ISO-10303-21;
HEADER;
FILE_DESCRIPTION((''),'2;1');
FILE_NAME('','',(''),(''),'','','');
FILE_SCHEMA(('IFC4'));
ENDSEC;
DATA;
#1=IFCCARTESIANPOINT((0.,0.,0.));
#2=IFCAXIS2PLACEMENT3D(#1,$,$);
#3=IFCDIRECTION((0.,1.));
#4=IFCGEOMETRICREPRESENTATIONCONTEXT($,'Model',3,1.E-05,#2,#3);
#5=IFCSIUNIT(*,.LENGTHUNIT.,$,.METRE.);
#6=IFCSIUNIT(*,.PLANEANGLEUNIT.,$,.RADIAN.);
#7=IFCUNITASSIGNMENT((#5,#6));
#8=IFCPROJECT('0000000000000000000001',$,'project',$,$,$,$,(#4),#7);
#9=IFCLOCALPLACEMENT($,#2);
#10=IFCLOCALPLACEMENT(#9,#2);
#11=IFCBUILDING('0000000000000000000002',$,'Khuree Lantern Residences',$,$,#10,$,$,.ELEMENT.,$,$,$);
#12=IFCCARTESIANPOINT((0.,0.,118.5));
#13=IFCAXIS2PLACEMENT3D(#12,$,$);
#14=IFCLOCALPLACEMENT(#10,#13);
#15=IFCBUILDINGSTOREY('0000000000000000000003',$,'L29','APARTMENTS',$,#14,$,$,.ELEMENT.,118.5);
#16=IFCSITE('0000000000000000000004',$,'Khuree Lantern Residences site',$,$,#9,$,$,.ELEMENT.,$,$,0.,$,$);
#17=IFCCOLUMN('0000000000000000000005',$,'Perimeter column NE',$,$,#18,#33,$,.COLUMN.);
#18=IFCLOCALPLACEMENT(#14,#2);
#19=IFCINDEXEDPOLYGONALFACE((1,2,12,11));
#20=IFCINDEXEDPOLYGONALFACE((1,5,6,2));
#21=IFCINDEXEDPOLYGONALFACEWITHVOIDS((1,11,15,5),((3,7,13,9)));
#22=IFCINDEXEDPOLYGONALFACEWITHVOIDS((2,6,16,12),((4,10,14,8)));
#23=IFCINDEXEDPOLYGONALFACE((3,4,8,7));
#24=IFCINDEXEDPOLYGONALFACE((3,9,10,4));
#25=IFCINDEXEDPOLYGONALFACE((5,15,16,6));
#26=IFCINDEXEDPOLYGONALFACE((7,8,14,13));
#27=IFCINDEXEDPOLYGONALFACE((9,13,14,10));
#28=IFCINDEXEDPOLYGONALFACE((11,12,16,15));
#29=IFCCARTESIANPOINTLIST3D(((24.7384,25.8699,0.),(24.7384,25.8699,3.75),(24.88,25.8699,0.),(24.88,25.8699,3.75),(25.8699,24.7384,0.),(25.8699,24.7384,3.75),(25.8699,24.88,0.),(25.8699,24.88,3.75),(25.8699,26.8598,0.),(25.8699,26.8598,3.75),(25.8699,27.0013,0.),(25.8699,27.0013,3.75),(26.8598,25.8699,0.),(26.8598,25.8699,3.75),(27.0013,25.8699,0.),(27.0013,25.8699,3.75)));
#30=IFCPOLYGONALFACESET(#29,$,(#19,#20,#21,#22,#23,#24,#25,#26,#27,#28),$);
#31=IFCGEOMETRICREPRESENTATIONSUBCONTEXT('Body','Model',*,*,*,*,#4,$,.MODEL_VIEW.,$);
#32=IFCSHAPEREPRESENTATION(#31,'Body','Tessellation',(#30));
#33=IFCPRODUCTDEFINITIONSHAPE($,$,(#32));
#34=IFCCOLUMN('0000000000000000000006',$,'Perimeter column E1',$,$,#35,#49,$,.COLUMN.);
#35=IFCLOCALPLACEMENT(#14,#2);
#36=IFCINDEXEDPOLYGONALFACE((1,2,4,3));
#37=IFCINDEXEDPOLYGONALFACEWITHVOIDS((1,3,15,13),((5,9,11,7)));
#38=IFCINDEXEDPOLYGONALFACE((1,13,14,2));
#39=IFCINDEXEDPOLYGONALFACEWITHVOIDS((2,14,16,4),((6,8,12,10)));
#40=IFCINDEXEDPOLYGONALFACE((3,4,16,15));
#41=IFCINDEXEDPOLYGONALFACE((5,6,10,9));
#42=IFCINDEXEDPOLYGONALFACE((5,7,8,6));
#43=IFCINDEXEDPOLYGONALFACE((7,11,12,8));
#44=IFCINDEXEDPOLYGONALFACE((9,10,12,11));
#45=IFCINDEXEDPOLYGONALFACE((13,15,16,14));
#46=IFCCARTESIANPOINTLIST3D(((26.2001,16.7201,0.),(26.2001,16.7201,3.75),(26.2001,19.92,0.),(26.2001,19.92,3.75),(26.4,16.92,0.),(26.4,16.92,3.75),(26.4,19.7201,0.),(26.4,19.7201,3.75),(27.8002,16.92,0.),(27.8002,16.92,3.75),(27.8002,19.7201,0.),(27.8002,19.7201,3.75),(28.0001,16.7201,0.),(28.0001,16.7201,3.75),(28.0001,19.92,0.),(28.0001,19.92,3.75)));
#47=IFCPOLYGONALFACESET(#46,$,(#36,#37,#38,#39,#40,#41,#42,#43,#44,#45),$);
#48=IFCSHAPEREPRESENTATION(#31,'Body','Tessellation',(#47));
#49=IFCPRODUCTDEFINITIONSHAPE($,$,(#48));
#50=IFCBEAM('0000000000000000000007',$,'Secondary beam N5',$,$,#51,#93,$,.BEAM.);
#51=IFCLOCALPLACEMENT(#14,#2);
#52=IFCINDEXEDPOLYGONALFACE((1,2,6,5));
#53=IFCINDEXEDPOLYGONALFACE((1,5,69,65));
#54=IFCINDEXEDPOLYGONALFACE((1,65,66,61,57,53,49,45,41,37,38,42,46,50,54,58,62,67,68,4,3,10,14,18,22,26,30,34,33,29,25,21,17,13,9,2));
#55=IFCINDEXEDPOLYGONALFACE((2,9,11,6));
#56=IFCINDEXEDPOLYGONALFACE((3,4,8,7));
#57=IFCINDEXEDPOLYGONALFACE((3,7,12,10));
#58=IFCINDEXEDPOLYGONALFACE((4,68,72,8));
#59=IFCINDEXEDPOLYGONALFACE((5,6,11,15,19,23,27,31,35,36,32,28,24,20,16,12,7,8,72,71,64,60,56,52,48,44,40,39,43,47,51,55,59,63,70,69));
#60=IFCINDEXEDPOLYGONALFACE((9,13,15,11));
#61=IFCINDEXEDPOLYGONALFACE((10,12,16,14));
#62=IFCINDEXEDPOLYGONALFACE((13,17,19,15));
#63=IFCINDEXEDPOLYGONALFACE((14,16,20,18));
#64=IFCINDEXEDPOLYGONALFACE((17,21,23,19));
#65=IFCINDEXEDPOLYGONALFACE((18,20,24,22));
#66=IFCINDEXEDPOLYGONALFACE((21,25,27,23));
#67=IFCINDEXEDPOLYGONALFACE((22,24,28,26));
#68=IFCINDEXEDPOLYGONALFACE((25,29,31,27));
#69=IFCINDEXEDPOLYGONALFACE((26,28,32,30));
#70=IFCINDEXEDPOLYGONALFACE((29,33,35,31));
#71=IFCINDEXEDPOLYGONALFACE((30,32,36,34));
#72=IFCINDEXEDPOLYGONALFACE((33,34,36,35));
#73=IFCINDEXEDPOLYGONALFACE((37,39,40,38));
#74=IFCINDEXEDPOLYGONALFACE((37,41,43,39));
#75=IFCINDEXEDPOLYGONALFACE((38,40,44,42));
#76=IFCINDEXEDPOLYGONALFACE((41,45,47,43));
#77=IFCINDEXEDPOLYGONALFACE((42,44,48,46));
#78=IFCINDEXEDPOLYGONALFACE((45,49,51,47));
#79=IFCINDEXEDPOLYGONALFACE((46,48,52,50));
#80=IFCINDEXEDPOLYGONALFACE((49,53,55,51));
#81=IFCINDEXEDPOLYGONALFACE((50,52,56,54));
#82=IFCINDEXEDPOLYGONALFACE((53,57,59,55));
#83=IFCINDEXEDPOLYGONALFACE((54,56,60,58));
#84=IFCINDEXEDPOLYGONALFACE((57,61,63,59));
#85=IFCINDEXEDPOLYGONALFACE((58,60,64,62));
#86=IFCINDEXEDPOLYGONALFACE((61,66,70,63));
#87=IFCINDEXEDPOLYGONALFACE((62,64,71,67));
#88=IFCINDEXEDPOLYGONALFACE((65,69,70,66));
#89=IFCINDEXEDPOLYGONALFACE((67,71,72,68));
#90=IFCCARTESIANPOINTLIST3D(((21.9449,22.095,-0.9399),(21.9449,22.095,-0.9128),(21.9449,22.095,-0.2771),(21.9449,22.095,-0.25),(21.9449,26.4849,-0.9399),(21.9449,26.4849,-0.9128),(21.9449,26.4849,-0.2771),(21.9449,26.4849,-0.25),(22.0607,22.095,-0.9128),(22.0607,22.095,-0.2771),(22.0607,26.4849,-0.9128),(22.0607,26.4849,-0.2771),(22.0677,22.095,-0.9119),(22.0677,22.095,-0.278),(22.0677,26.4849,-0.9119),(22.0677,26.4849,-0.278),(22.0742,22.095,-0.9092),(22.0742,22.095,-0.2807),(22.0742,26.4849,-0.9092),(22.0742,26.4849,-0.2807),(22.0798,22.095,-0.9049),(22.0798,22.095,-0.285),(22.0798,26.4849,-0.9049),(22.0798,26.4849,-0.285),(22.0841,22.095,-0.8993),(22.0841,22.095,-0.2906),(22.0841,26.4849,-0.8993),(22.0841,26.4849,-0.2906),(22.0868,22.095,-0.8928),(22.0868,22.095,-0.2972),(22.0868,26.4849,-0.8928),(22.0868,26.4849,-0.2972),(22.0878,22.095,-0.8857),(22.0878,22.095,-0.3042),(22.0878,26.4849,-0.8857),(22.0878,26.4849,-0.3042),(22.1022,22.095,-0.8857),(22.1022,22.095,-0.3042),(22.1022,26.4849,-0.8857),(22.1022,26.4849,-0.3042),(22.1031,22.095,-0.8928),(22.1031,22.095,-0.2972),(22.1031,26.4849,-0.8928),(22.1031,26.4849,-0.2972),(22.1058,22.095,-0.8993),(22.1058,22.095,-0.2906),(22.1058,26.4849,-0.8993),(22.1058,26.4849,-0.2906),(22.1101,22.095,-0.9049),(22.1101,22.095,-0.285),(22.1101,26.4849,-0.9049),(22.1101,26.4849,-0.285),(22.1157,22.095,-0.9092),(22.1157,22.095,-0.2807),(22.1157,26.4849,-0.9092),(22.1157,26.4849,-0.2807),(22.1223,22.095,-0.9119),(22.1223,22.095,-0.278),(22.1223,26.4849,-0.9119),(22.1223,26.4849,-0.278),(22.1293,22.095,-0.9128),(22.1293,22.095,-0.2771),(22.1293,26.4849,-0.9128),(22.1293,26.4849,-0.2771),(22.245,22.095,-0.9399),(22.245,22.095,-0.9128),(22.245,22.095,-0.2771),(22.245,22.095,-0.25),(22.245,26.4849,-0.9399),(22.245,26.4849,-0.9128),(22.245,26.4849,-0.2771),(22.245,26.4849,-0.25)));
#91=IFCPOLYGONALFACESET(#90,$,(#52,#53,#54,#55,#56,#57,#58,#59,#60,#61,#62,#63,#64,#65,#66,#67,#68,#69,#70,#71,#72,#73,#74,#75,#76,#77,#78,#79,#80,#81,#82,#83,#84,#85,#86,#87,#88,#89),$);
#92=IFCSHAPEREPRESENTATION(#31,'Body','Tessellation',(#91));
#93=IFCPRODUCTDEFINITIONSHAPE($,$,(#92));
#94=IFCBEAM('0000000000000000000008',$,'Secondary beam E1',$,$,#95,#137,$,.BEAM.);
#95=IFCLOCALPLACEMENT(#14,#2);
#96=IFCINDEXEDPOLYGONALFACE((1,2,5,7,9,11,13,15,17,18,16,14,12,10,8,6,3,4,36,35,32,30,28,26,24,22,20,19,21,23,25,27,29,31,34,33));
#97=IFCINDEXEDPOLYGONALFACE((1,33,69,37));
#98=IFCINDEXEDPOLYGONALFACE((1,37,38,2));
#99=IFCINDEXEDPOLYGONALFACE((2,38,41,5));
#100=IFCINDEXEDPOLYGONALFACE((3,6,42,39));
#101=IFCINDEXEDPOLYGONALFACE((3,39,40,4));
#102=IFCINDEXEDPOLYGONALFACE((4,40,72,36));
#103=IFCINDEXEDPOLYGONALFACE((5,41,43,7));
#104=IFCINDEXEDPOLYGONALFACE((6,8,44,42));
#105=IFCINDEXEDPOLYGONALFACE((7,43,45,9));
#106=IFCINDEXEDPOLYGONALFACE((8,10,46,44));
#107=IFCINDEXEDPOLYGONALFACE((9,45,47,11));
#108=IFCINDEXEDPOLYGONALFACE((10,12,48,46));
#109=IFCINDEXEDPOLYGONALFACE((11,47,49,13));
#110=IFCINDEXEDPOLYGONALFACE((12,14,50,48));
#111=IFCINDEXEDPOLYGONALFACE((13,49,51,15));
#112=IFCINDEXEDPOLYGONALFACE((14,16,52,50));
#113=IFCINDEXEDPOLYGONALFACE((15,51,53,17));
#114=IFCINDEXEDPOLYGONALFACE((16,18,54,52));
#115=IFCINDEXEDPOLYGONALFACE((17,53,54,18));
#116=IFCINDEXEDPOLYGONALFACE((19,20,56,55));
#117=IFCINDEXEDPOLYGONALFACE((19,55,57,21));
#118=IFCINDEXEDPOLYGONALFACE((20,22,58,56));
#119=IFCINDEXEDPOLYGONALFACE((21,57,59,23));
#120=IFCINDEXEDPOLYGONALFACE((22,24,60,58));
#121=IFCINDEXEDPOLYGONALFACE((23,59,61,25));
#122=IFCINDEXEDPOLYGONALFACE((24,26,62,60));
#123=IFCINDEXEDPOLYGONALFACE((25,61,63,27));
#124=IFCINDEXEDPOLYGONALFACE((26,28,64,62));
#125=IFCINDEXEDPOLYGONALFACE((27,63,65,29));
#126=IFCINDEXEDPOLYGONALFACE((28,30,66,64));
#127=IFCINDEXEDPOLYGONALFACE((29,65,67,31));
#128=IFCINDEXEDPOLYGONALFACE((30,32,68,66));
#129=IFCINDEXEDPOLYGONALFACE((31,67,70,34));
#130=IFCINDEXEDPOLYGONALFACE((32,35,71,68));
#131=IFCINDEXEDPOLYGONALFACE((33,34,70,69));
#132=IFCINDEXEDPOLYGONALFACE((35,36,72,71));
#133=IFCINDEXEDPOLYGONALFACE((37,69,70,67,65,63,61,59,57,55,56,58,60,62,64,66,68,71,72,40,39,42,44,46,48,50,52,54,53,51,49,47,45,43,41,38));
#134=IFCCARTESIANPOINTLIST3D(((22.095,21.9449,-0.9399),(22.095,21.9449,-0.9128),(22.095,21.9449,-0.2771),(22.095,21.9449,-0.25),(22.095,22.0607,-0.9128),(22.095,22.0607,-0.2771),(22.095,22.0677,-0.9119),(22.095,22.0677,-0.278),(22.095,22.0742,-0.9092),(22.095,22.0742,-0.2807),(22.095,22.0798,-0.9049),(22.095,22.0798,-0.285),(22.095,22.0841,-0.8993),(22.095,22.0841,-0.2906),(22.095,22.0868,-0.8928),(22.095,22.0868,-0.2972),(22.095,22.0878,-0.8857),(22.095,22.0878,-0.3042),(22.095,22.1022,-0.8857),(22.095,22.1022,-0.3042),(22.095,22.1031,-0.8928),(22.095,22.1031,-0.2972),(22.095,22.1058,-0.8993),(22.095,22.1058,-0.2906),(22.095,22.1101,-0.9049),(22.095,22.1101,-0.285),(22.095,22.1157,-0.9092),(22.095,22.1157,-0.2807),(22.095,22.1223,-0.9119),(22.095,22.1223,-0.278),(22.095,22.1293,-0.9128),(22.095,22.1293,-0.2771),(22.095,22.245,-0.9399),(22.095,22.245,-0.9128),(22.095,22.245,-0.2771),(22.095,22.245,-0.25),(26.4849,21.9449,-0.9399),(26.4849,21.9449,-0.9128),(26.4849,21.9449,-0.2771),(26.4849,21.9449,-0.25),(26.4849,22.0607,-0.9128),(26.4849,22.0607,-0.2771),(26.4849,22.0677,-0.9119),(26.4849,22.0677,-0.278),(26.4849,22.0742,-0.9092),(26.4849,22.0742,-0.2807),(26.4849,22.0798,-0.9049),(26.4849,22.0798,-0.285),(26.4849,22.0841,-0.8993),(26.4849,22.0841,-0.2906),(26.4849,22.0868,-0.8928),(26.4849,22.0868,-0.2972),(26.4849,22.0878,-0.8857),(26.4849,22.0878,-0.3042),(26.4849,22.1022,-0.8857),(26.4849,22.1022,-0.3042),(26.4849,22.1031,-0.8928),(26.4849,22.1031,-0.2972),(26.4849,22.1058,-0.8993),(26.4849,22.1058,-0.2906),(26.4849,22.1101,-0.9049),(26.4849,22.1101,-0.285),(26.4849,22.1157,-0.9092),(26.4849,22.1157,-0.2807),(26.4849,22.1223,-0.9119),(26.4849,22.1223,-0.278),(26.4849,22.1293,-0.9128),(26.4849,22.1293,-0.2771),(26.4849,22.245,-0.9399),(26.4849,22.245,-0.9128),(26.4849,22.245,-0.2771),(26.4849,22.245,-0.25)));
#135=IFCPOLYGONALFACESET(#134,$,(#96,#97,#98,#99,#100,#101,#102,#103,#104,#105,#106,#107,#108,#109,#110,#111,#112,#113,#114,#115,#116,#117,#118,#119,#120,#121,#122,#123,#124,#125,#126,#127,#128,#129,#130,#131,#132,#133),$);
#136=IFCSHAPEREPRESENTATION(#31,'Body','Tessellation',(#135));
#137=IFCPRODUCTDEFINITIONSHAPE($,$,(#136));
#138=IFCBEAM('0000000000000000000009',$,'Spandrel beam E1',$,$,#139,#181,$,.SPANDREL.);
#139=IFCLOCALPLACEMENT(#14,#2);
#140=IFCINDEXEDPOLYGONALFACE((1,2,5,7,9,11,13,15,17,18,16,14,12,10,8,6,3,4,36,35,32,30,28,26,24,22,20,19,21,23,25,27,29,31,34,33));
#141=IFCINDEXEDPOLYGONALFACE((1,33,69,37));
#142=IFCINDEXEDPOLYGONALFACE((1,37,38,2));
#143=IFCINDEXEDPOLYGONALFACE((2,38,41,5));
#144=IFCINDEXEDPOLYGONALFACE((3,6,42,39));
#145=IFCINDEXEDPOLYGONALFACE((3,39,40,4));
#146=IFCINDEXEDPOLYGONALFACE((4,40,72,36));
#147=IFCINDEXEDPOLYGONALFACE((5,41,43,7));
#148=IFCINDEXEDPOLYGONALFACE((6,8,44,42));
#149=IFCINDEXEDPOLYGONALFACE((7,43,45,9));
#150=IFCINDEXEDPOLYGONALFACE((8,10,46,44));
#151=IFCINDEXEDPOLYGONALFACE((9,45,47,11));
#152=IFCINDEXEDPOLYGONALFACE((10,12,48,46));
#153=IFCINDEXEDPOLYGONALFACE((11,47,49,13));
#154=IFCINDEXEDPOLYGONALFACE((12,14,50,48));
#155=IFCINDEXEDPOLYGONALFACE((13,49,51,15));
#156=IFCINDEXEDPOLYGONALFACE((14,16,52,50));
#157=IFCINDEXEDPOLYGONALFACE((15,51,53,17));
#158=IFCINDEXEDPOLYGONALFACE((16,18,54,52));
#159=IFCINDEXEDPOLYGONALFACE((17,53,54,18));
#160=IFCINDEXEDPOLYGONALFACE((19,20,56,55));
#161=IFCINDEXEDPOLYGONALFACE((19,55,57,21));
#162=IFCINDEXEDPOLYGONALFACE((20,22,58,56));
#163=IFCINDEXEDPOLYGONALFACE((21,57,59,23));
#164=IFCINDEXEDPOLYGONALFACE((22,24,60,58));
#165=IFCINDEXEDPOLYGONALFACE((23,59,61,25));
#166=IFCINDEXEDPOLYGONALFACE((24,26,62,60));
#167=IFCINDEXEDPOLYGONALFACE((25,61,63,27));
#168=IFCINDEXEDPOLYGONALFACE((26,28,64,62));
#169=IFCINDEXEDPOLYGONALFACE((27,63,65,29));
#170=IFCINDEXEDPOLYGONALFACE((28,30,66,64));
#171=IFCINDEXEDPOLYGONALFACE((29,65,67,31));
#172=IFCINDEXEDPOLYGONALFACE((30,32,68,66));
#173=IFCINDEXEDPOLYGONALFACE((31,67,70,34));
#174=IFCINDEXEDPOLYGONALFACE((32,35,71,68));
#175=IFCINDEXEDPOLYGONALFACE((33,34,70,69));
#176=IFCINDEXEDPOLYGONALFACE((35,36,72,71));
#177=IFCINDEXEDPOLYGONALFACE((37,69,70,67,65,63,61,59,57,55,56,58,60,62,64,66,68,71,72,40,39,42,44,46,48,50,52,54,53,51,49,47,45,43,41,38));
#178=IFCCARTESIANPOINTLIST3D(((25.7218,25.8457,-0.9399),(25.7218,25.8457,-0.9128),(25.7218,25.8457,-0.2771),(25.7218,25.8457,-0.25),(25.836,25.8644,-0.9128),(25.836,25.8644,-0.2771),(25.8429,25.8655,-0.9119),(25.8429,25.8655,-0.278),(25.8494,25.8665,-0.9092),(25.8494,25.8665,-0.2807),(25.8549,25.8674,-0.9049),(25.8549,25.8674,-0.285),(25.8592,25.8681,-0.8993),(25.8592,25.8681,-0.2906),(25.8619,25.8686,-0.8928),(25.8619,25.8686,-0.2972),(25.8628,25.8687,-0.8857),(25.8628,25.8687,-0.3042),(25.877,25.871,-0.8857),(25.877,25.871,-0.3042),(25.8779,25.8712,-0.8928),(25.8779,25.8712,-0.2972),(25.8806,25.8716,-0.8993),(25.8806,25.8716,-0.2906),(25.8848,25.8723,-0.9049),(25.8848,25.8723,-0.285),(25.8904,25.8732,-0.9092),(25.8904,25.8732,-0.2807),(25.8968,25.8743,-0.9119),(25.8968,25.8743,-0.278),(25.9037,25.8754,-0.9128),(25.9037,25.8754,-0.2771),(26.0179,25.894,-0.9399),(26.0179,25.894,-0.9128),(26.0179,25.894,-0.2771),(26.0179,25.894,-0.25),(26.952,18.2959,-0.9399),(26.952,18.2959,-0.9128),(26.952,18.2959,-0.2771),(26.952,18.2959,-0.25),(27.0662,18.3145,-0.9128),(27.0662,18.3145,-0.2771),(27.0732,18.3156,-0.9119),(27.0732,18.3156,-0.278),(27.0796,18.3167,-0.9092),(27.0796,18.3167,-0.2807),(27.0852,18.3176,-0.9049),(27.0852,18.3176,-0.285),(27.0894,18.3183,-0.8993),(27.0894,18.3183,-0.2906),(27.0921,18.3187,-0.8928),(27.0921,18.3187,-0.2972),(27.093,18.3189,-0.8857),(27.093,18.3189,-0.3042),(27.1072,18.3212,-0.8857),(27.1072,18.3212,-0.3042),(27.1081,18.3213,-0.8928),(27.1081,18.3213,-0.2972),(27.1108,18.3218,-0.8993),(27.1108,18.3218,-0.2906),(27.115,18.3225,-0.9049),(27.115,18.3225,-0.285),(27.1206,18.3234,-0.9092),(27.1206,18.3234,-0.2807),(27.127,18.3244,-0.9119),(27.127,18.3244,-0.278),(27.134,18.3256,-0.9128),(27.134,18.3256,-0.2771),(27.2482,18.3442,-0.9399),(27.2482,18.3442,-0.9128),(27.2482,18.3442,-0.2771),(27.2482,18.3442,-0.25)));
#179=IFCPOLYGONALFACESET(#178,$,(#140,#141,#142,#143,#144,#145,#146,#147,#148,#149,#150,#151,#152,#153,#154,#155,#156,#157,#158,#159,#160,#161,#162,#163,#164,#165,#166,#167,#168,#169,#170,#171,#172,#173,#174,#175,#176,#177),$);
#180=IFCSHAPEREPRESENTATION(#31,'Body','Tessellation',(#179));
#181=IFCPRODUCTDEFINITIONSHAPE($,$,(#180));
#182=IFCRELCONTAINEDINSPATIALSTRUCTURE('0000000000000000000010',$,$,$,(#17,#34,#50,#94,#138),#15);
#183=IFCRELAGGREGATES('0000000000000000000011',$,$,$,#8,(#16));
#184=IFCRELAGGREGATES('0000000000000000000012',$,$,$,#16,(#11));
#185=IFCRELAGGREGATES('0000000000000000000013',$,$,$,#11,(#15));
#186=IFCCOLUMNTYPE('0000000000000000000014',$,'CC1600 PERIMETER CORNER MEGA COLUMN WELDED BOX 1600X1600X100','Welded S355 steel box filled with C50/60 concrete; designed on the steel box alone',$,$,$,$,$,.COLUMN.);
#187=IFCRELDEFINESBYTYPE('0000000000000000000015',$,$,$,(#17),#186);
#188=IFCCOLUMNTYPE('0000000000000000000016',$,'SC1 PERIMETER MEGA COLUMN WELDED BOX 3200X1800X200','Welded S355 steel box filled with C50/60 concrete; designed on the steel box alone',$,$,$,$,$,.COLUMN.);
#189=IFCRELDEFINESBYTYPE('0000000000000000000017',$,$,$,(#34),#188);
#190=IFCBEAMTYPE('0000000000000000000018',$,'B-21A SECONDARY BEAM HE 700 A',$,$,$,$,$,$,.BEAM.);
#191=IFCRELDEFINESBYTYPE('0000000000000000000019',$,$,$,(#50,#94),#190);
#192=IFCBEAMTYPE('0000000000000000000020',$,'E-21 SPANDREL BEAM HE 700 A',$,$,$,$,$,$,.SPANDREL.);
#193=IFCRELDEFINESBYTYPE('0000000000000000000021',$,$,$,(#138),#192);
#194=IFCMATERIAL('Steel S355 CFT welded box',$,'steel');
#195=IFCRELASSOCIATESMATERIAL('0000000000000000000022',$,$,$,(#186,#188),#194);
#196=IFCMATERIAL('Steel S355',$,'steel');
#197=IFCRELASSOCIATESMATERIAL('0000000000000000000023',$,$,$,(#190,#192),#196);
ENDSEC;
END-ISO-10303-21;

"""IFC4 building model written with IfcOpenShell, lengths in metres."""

from ifc_helpers import new_model, si_unit, direction, frame, origin, origin_2d, place, context, subcontext, project, spatial, hollow_rectangle, i_section, extrude, material, material_profile, profile_set, type_object, element, save


model = new_model("IFC4")

# Units and contexts
model_context = context("Model", 3, precision=1e-05, world=origin(), true_north=direction((0.0, 1.0)))
body_context = subcontext(model_context, "Body", "Model", "MODEL_VIEW")
ifc_project = project(units=[si_unit("LENGTHUNIT", "METRE"), si_unit("PLANEANGLEUNIT", "RADIAN")], contexts=[model_context])

# Site, building, storey
site_placement = place(None, origin())
site = spatial("IfcSite", under=ifc_project, at=site_placement, Name="Khuree Lantern Residences site", CompositionType="ELEMENT", RefElevation=0.0)
building_placement = place(site_placement, origin())
building = spatial("IfcBuilding", under=site, at=building_placement, Name="Khuree Lantern Residences", CompositionType="ELEMENT")
storey_placement = place(building_placement, frame((0.0, 0.0, 118.5)))
storey = spatial("IfcBuildingStorey", under=building, at=storey_placement, Name="L29", Description="APARTMENTS", CompositionType="ELEMENT", Elevation=118.5)

# Columns
ifc_material_1 = material(Name="Steel S355 CFT welded box", Category="steel")
ifc_material_profile_1 = material_profile(ifc_material_1, hollow_rectangle(XDim=1.6001, YDim=1.6001, WallThickness=0.1001, at=origin_2d()), Name="WELDED BOX 1600X1600X100")
ifc_profile_set_1 = profile_set([ifc_material_profile_1], Name="Steel S355 CFT welded box")
column_type_1 = type_object("IfcColumnType", Name="CC1600 PERIMETER CORNER MEGA COLUMN WELDED BOX 1600X1600X100", Description="Welded S355 steel box filled with C50/60 concrete; designed on the steel box alone", PredefinedType="COLUMN", material=ifc_profile_set_1)
column_1_placement = place(storey_placement, frame((25.8699, 25.8699, 0.0), z_axis=(0.0, 0.0, 1.0), x_axis=(0.707107, -0.707107, 0.0)))
element("IfcColumn", 1, at=column_1_placement, inside=storey, type_object=column_type_1, Name="Perimeter column NE", PredefinedType="COLUMN", context=body_context, shape_type="SweptSolid", body=[
    extrude(hollow_rectangle(XDim=1.6001, YDim=1.6001, WallThickness=0.1001, at=origin_2d()), origin(), (0.0, 0.0, 1.0), 3.75),
])
ifc_material_profile_2 = material_profile(ifc_material_1, hollow_rectangle(XDim=3.2, YDim=1.8, WallThickness=0.2, at=origin_2d()), Name="WELDED BOX 3200X1800X200")
ifc_profile_set_2 = profile_set([ifc_material_profile_2], Name="Steel S355 CFT welded box")
column_type_2 = type_object("IfcColumnType", Name="SC1 PERIMETER MEGA COLUMN WELDED BOX 3200X1800X200", Description="Welded S355 steel box filled with C50/60 concrete; designed on the steel box alone", PredefinedType="COLUMN", material=ifc_profile_set_2)
column_2_placement = place(storey_placement, frame((27.1001, 18.3201, 0.0), z_axis=(0.0, 0.0, 1.0), x_axis=(0.0, 1.0, 0.0)))
element("IfcColumn", 2, at=column_2_placement, inside=storey, type_object=column_type_2, Name="Perimeter column E1", PredefinedType="COLUMN", context=body_context, shape_type="SweptSolid", body=[
    extrude(hollow_rectangle(XDim=3.2, YDim=1.8, WallThickness=0.2, at=origin_2d()), origin(), (0.0, 0.0, 1.0), 3.75),
])

# Beams
ifc_material_2 = material(Name="Steel S355", Category="steel")
ifc_material_profile_3 = material_profile(ifc_material_2, i_section(OverallWidth=0.3, OverallDepth=0.6899, WebThickness=0.0144, FlangeThickness=0.0271, FilletRadius=0.0271, at=origin_2d()), Name="HE 700 A")
ifc_profile_set_3 = profile_set([ifc_material_profile_3], Name="Steel S355")
beam_type_1 = type_object("IfcBeamType", Name="B-21A SECONDARY BEAM HE 700 A", PredefinedType="BEAM", material=ifc_profile_set_3)
for number, where, z_axis, x_axis, name in (
    (3, (22.095, 26.4849, -0.595), (0.0, -1.0, 0.0), (1.0, 0.0, 0.0), "Secondary beam N5"),
    (4, (26.4849, 22.095, -0.595), (-1.0, 0.0, 0.0), (0.0, -1.0, 0.0), "Secondary beam E1"),
):
    element("IfcBeam", number, at=place(storey_placement, frame(where, z_axis=z_axis, x_axis=x_axis)), inside=storey, type_object=beam_type_1, Name=name, PredefinedType="BEAM", context=body_context, shape_type="SweptSolid", body=[
        extrude(i_section(OverallWidth=0.3, OverallDepth=0.6899, WebThickness=0.0144, FlangeThickness=0.0271, FilletRadius=0.0271, at=origin_2d()), origin(), (0.0, 0.0, 1.0), 4.3899),
    ])
ifc_material_profile_4 = material_profile(ifc_material_2, i_section(OverallWidth=0.3, OverallDepth=0.6899, WebThickness=0.0144, FlangeThickness=0.0271, FilletRadius=0.0271, at=origin_2d()), Name="HE 700 A")
ifc_profile_set_4 = profile_set([ifc_material_profile_4], Name="Steel S355")
beam_type_2 = type_object("IfcBeamType", Name="E-21 SPANDREL BEAM HE 700 A", PredefinedType="SPANDREL", material=ifc_profile_set_4)
beam_1_placement = place(storey_placement, frame((25.8699, 25.8699, -0.595), z_axis=(0.160827, -0.986983, 0.0), x_axis=(0.986983, 0.160827, 0.0)))
element("IfcBeam", 5, at=beam_1_placement, inside=storey, type_object=beam_type_2, Name="Spandrel beam E1", PredefinedType="SPANDREL", context=body_context, shape_type="SweptSolid", body=[
    extrude(i_section(OverallWidth=0.3, OverallDepth=0.6899, WebThickness=0.0144, FlangeThickness=0.0271, FilletRadius=0.0271, at=origin_2d()), origin(), (0.0, 0.0, 1.0), 7.6494),
])

save(model, "model.ifc")
